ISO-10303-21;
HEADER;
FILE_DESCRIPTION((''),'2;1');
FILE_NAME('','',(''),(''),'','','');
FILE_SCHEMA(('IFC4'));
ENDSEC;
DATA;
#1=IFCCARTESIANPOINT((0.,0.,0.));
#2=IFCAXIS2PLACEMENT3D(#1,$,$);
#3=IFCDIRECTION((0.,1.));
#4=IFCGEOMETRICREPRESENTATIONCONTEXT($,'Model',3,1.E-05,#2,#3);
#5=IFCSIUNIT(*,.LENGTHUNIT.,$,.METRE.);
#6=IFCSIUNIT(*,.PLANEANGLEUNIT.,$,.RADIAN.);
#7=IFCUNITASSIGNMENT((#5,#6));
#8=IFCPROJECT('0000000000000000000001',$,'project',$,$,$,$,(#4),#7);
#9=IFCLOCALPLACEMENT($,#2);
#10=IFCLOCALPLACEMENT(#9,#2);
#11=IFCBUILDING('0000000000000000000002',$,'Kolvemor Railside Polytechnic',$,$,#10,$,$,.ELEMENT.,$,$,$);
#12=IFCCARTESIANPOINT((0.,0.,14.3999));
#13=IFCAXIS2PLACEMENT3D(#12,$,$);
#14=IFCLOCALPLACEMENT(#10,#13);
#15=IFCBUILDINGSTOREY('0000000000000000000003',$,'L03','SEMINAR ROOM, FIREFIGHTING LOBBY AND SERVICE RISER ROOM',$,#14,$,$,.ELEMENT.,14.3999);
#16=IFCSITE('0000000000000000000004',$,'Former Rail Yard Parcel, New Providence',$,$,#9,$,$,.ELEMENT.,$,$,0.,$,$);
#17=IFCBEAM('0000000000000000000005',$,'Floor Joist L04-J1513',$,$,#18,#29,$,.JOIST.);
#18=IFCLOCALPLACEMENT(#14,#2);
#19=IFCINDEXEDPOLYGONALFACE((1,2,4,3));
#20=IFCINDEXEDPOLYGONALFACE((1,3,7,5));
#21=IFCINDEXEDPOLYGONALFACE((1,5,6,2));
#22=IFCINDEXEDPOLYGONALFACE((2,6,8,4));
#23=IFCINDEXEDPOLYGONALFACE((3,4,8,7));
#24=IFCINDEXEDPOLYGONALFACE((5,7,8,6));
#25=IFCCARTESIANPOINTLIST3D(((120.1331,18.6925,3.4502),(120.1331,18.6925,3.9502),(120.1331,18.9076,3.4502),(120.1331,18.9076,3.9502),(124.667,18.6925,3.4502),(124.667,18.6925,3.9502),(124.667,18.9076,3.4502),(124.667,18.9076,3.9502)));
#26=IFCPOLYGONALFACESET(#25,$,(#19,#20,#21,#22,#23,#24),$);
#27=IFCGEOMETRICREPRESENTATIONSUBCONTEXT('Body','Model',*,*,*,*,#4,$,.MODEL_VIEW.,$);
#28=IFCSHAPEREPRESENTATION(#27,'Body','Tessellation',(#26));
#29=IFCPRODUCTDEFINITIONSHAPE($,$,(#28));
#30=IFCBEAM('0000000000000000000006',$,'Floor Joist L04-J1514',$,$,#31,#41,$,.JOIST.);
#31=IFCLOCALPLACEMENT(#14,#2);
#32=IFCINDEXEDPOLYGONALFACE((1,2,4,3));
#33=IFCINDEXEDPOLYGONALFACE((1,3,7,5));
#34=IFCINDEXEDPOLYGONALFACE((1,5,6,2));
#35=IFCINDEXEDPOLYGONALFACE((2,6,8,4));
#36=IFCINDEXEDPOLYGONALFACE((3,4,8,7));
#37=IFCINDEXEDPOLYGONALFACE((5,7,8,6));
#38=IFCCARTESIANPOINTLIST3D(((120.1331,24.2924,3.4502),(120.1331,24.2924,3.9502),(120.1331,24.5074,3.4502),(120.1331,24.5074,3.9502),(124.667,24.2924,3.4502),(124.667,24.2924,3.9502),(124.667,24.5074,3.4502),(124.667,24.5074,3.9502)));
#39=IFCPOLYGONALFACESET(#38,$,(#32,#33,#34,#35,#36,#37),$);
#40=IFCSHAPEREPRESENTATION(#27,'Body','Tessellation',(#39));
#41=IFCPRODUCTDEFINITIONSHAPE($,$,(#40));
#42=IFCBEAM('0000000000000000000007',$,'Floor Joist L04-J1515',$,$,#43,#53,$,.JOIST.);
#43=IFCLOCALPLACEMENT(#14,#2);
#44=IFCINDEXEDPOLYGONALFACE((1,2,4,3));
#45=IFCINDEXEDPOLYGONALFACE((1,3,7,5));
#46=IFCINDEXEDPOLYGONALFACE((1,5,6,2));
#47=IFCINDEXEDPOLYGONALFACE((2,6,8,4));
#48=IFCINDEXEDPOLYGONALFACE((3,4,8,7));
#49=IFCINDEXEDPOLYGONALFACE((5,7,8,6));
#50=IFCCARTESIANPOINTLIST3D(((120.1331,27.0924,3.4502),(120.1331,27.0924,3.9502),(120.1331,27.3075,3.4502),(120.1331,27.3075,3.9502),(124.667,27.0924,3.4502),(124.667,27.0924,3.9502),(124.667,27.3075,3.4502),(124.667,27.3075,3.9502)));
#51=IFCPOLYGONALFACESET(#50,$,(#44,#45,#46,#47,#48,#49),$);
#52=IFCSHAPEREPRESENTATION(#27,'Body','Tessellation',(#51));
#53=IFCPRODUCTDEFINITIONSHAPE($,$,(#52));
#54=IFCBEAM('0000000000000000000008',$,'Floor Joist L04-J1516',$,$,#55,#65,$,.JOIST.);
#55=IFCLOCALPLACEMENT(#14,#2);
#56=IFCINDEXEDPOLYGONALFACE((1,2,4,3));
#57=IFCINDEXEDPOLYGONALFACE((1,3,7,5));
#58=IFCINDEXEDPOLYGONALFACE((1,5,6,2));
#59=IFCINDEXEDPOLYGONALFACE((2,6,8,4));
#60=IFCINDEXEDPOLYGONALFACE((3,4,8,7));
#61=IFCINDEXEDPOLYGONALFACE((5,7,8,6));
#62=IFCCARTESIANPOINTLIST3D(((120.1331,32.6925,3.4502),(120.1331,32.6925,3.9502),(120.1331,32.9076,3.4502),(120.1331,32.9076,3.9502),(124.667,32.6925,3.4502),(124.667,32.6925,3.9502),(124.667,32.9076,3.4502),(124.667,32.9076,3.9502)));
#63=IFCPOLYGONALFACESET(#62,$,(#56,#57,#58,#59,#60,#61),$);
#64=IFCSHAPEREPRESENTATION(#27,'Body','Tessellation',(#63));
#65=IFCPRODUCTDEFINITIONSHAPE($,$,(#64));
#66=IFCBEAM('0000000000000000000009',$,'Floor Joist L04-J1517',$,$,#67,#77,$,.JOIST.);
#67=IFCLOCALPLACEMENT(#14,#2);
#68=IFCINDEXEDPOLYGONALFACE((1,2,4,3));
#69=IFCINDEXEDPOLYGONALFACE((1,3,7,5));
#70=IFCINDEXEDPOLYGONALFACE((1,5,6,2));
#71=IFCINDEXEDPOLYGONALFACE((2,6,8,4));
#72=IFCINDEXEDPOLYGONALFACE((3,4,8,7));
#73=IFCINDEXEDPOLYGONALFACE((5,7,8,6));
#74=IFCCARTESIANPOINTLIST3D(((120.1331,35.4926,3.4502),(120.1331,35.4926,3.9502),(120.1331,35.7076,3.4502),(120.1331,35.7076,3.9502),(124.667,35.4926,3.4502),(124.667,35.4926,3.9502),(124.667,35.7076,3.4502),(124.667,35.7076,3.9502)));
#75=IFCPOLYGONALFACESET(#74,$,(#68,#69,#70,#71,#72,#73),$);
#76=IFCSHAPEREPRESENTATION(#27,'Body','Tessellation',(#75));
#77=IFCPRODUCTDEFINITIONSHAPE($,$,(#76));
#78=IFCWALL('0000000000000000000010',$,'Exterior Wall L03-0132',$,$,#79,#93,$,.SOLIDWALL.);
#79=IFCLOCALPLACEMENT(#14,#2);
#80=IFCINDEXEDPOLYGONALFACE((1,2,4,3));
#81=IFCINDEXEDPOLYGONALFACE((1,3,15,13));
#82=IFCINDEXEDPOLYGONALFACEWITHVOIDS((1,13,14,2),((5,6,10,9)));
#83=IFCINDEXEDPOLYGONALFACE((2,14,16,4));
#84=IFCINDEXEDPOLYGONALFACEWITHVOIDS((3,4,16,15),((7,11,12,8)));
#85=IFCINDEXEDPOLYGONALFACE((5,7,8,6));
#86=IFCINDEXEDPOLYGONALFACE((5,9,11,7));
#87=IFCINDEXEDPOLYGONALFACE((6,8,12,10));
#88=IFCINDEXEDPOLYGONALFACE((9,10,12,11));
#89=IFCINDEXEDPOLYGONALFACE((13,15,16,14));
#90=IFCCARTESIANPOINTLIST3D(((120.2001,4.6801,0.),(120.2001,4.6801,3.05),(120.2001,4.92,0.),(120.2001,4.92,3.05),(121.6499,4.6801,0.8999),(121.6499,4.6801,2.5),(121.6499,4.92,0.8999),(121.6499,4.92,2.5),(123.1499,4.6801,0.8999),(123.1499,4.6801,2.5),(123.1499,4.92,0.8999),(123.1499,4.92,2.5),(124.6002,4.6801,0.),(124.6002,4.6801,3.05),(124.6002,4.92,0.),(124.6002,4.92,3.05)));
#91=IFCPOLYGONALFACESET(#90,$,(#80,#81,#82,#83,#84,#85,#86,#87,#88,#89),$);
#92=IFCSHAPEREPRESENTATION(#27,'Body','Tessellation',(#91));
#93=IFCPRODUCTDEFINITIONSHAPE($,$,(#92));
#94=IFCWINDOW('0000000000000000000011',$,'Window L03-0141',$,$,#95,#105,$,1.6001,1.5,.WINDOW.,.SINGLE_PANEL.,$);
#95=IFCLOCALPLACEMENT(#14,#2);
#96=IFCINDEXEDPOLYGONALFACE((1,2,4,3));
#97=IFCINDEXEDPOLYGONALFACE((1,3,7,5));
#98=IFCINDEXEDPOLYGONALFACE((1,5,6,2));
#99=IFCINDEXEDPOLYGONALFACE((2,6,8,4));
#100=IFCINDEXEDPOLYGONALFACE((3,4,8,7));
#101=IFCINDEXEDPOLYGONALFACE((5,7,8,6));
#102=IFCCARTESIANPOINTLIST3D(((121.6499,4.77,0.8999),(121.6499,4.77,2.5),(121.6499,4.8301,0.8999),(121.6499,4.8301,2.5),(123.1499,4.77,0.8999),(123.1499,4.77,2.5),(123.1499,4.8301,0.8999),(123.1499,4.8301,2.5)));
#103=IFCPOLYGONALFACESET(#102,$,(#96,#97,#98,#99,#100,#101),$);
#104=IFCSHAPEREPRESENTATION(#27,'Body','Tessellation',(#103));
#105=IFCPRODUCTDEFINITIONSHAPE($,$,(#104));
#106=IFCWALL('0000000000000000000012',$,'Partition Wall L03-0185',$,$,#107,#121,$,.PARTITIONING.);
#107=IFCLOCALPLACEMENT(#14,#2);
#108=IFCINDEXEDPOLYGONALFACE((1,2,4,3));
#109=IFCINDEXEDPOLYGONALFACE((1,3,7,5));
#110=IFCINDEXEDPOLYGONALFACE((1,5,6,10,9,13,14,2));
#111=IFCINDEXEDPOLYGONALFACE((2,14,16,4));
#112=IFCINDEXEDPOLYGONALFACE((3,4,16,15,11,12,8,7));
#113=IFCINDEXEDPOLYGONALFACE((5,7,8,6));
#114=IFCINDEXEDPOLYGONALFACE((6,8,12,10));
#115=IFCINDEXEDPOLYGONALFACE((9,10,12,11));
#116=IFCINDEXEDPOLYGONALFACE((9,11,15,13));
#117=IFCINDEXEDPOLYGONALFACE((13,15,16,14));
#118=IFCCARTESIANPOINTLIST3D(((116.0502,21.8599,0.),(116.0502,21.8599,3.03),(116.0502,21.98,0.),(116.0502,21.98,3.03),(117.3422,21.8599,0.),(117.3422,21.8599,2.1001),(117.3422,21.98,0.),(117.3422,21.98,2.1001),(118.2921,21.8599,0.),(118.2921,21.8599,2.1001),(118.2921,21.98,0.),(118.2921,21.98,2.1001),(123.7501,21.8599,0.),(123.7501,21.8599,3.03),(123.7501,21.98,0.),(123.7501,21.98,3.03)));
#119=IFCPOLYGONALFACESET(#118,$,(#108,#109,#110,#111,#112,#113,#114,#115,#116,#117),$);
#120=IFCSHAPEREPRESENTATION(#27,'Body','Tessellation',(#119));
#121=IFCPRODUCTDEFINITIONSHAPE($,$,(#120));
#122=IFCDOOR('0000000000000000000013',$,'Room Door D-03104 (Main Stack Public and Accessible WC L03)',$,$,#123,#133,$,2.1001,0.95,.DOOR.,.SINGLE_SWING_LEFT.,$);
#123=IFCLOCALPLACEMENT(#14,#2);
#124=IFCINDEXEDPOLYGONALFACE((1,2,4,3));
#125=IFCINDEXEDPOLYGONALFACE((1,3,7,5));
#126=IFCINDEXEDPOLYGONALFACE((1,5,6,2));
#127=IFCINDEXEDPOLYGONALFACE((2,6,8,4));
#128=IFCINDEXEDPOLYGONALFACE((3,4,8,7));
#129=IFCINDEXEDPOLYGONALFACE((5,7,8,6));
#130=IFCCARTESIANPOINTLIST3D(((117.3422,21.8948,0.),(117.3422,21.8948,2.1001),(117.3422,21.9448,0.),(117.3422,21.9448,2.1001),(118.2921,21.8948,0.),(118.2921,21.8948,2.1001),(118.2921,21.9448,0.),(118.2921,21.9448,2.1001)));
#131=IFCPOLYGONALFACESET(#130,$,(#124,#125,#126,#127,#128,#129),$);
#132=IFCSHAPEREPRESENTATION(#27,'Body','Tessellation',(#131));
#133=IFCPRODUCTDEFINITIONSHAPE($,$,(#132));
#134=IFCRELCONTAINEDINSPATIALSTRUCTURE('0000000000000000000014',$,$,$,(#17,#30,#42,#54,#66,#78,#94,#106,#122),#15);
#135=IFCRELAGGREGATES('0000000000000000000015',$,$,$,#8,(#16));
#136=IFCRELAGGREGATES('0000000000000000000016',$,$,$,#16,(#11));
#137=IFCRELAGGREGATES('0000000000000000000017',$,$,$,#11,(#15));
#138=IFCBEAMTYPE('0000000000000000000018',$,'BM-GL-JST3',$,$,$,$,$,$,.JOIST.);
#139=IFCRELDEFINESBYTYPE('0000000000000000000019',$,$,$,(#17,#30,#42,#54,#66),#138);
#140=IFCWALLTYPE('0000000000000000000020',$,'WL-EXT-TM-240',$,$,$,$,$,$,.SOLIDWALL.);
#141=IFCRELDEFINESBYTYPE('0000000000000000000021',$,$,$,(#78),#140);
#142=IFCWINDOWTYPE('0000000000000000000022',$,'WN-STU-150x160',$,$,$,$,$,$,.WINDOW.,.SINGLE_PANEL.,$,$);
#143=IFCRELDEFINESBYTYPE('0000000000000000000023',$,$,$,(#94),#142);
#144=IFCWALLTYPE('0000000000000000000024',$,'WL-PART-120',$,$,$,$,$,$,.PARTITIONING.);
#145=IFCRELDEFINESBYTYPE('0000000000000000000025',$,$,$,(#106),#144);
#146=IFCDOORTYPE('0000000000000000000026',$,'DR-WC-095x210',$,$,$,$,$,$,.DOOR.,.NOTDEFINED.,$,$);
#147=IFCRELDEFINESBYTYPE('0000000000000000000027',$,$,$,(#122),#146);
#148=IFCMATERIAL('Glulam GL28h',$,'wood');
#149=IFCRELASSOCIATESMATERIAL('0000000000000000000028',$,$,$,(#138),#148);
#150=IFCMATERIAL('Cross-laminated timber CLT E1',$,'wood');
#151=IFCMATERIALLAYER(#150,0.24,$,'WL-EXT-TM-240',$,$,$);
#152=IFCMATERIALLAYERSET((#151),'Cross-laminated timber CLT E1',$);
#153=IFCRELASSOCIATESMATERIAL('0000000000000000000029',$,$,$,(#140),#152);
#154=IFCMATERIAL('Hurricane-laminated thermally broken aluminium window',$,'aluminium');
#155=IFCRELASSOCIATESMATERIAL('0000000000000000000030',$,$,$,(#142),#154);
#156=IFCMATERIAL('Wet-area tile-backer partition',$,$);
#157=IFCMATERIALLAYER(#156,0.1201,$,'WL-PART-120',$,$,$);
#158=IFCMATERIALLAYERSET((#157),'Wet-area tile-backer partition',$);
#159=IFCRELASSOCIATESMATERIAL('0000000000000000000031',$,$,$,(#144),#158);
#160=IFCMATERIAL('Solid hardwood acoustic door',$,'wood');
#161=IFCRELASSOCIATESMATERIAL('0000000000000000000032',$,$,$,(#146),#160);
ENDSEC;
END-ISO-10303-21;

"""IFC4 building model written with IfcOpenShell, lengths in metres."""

from ifc_helpers import new_model, si_unit, direction, frame, frame_2d, origin, origin_2d, place, context, subcontext, project, spatial, rectangle, extrude, material, layer, layer_set, material_profile, profile_set, type_object, element, fill, save


model = new_model("IFC4")

# Units and contexts
model_context = context("Model", 3, precision=1e-05, world=origin(), true_north=direction((0.0, 1.0)))
body_context = subcontext(model_context, "Body", "Model", "MODEL_VIEW")
ifc_project = project(units=[si_unit("LENGTHUNIT", "METRE"), si_unit("PLANEANGLEUNIT", "RADIAN")], contexts=[model_context])

# Site, building, storey
site_placement = place(None, origin())
site = spatial("IfcSite", under=ifc_project, at=site_placement, Name="Former Rail Yard Parcel, New Providence", CompositionType="ELEMENT", RefElevation=0.0)
building_placement = place(site_placement, origin())
building = spatial("IfcBuilding", under=site, at=building_placement, Name="Kolvemor Railside Polytechnic", CompositionType="ELEMENT")
storey_placement = place(building_placement, frame((0.0, 0.0, 14.3999)))
storey = spatial("IfcBuildingStorey", under=building, at=storey_placement, Name="L03", Description="SEMINAR ROOM, FIREFIGHTING LOBBY AND SERVICE RISER ROOM", CompositionType="ELEMENT", Elevation=14.3999)

# Beams
ifc_material_1 = material(Name="Glulam GL28h", Category="wood")
ifc_material_profile_1 = material_profile(ifc_material_1, rectangle(XDim=0.2151, YDim=0.5, at=origin_2d()), Name="GL215x500")
ifc_profile_set_1 = profile_set([ifc_material_profile_1], Name="Glulam GL28h")
beam_type_1 = type_object("IfcBeamType", Name="BM-GL-JST3", PredefinedType="JOIST", material=ifc_profile_set_1)
for number, where, z_axis, x_axis, name in (
    (1, (120.1331, 18.8, 3.7002), (1.0, 0.0, 0.0), (0.0, 1.0, 0.0), "Floor Joist L04-J1513"),
    (2, (120.1331, 24.3999, 3.7002), (1.0, 0.0, 0.0), (0.0, 1.0, 0.0), "Floor Joist L04-J1514"),
    (3, (120.1331, 27.2, 3.7002), (1.0, 0.0, 0.0), (0.0, 1.0, 0.0), "Floor Joist L04-J1515"),
    (4, (120.1331, 32.8, 3.7002), (1.0, 0.0, 0.0), (0.0, 1.0, 0.0), "Floor Joist L04-J1516"),
    (5, (120.1331, 35.6001, 3.7002), (1.0, 0.0, 0.0), (0.0, 1.0, 0.0), "Floor Joist L04-J1517"),
):
    element("IfcBeam", number, at=place(storey_placement, frame(where, z_axis=z_axis, x_axis=x_axis)), inside=storey, type_object=beam_type_1, Name=name, PredefinedType="JOIST", context=body_context, shape_type="SweptSolid", body=[
        extrude(rectangle(XDim=0.2151, YDim=0.5, at=origin_2d()), origin(), (0.0, 0.0, 1.0), 4.5339),
    ])

# Wall, opening, window
ifc_material_2 = material(Name="Cross-laminated timber CLT E1", Category="wood")
ifc_layer_1 = layer(ifc_material_2, 0.24, Name="WL-EXT-TM-240")
ifc_layer_set_1 = layer_set([ifc_layer_1], Name="Cross-laminated timber CLT E1")
wall_type_1 = type_object("IfcWallType", Name="WL-EXT-TM-240", PredefinedType="SOLIDWALL", material=ifc_layer_set_1)
wall_1_placement = place(storey_placement, frame((120.2, 4.8, 0.0), z_axis=(0.0, 0.0, 1.0), x_axis=(1.0, 0.0, 0.0)))
wall_1 = element("IfcWall", 6, at=wall_1_placement, inside=storey, type_object=wall_type_1, Name="Exterior Wall L03-0132", PredefinedType="SOLIDWALL", context=body_context, shape_type="SweptSolid", body=[
    extrude(rectangle(XDim=4.4001, YDim=0.24, at=frame_2d((2.2002, 0.0))), origin(), (0.0, 0.0, 1.0), 3.05),
])
opening_1_placement = place(wall_1_placement, frame((1.45, 0.0, 0.8999)))
opening_1 = element("IfcOpeningElement", 7, at=opening_1_placement, cuts=wall_1, PredefinedType="OPENING", context=body_context, shape_type="SweptSolid", body=[
    extrude(rectangle(XDim=1.5, YDim=1.6001, at=frame_2d((0.75, 0.8))), frame((0.0, 0.1299, 0.0), z_axis=(0.0, -1.0, 0.0), x_axis=(1.0, 0.0, 0.0)), (0.0, 0.0, 1.0), 0.26),
])
ifc_material_3 = material(Name="Hurricane-laminated thermally broken aluminium window", Category="aluminium")
window_type = type_object("IfcWindowType", Name="WN-STU-150x160", PartitioningType="SINGLE_PANEL", PredefinedType="WINDOW", material=ifc_material_3)
window_placement = place(opening_1_placement, origin())
window = element("IfcWindow", 8, at=window_placement, inside=storey, type_object=window_type, Name="Window L03-0141", OverallHeight=1.6001, OverallWidth=1.5, PartitioningType="SINGLE_PANEL", PredefinedType="WINDOW", context=body_context, shape_type="SweptSolid", body=[
    extrude(rectangle(XDim=1.5, YDim=1.6001, at=frame_2d((0.75, 0.8))), frame((0.0, 0.03, 0.0), z_axis=(0.0, -1.0, 0.0), x_axis=(1.0, 0.0, 0.0)), (0.0, 0.0, 1.0), 0.0601),
])
fill(opening_1, window)

# Wall, opening, door
ifc_material_4 = material(Name="Wet-area tile-backer partition")
ifc_layer_2 = layer(ifc_material_4, 0.1201, Name="WL-PART-120")
ifc_layer_set_2 = layer_set([ifc_layer_2], Name="Wet-area tile-backer partition")
wall_type_2 = type_object("IfcWallType", Name="WL-PART-120", PredefinedType="PARTITIONING", material=ifc_layer_set_2)
wall_2_placement = place(storey_placement, frame((116.05, 21.9199, 0.0), z_axis=(0.0, 0.0, 1.0), x_axis=(1.0, 0.0, 0.0)))
wall_2 = element("IfcWall", 9, at=wall_2_placement, inside=storey, type_object=wall_type_2, Name="Partition Wall L03-0185", PredefinedType="PARTITIONING", context=body_context, shape_type="SweptSolid", body=[
    extrude(rectangle(XDim=7.7, YDim=0.1201, at=frame_2d((3.8501, 0.0))), origin(), (0.0, 0.0, 1.0), 3.03),
])
opening_2_placement = place(wall_2_placement, frame((1.292, 0.0, 0.0)))
opening_2 = element("IfcOpeningElement", 10, at=opening_2_placement, cuts=wall_2, PredefinedType="OPENING", context=body_context, shape_type="SweptSolid", body=[
    extrude(rectangle(XDim=0.95, YDim=2.1001, at=frame_2d((0.4751, 1.05))), frame((0.0, 0.0701, 0.0), z_axis=(0.0, -1.0, 0.0), x_axis=(1.0, 0.0, 0.0)), (0.0, 0.0, 1.0), 0.1401),
])
ifc_material_5 = material(Name="Solid hardwood acoustic door", Category="wood")
door_type = type_object("IfcDoorType", Name="DR-WC-095x210", OperationType="NOTDEFINED", PredefinedType="DOOR", material=ifc_material_5)
door_placement = place(opening_2_placement, origin())
door = element("IfcDoor", 11, at=door_placement, inside=storey, type_object=door_type, Name="Room Door D-03104 (Main Stack Public and Accessible WC L03)", OperationType="SINGLE_SWING_LEFT", OverallHeight=2.1001, OverallWidth=0.95, PredefinedType="DOOR", context=body_context, shape_type="SweptSolid", body=[
    extrude(rectangle(XDim=0.95, YDim=2.1001, at=frame_2d((0.4751, 1.05))), frame((0.0, 0.0249, 0.0), z_axis=(0.0, -1.0, 0.0), x_axis=(1.0, 0.0, 0.0)), (0.0, 0.0, 1.0), 0.05),
])
fill(opening_2, door)

save(model, "model.ifc")
